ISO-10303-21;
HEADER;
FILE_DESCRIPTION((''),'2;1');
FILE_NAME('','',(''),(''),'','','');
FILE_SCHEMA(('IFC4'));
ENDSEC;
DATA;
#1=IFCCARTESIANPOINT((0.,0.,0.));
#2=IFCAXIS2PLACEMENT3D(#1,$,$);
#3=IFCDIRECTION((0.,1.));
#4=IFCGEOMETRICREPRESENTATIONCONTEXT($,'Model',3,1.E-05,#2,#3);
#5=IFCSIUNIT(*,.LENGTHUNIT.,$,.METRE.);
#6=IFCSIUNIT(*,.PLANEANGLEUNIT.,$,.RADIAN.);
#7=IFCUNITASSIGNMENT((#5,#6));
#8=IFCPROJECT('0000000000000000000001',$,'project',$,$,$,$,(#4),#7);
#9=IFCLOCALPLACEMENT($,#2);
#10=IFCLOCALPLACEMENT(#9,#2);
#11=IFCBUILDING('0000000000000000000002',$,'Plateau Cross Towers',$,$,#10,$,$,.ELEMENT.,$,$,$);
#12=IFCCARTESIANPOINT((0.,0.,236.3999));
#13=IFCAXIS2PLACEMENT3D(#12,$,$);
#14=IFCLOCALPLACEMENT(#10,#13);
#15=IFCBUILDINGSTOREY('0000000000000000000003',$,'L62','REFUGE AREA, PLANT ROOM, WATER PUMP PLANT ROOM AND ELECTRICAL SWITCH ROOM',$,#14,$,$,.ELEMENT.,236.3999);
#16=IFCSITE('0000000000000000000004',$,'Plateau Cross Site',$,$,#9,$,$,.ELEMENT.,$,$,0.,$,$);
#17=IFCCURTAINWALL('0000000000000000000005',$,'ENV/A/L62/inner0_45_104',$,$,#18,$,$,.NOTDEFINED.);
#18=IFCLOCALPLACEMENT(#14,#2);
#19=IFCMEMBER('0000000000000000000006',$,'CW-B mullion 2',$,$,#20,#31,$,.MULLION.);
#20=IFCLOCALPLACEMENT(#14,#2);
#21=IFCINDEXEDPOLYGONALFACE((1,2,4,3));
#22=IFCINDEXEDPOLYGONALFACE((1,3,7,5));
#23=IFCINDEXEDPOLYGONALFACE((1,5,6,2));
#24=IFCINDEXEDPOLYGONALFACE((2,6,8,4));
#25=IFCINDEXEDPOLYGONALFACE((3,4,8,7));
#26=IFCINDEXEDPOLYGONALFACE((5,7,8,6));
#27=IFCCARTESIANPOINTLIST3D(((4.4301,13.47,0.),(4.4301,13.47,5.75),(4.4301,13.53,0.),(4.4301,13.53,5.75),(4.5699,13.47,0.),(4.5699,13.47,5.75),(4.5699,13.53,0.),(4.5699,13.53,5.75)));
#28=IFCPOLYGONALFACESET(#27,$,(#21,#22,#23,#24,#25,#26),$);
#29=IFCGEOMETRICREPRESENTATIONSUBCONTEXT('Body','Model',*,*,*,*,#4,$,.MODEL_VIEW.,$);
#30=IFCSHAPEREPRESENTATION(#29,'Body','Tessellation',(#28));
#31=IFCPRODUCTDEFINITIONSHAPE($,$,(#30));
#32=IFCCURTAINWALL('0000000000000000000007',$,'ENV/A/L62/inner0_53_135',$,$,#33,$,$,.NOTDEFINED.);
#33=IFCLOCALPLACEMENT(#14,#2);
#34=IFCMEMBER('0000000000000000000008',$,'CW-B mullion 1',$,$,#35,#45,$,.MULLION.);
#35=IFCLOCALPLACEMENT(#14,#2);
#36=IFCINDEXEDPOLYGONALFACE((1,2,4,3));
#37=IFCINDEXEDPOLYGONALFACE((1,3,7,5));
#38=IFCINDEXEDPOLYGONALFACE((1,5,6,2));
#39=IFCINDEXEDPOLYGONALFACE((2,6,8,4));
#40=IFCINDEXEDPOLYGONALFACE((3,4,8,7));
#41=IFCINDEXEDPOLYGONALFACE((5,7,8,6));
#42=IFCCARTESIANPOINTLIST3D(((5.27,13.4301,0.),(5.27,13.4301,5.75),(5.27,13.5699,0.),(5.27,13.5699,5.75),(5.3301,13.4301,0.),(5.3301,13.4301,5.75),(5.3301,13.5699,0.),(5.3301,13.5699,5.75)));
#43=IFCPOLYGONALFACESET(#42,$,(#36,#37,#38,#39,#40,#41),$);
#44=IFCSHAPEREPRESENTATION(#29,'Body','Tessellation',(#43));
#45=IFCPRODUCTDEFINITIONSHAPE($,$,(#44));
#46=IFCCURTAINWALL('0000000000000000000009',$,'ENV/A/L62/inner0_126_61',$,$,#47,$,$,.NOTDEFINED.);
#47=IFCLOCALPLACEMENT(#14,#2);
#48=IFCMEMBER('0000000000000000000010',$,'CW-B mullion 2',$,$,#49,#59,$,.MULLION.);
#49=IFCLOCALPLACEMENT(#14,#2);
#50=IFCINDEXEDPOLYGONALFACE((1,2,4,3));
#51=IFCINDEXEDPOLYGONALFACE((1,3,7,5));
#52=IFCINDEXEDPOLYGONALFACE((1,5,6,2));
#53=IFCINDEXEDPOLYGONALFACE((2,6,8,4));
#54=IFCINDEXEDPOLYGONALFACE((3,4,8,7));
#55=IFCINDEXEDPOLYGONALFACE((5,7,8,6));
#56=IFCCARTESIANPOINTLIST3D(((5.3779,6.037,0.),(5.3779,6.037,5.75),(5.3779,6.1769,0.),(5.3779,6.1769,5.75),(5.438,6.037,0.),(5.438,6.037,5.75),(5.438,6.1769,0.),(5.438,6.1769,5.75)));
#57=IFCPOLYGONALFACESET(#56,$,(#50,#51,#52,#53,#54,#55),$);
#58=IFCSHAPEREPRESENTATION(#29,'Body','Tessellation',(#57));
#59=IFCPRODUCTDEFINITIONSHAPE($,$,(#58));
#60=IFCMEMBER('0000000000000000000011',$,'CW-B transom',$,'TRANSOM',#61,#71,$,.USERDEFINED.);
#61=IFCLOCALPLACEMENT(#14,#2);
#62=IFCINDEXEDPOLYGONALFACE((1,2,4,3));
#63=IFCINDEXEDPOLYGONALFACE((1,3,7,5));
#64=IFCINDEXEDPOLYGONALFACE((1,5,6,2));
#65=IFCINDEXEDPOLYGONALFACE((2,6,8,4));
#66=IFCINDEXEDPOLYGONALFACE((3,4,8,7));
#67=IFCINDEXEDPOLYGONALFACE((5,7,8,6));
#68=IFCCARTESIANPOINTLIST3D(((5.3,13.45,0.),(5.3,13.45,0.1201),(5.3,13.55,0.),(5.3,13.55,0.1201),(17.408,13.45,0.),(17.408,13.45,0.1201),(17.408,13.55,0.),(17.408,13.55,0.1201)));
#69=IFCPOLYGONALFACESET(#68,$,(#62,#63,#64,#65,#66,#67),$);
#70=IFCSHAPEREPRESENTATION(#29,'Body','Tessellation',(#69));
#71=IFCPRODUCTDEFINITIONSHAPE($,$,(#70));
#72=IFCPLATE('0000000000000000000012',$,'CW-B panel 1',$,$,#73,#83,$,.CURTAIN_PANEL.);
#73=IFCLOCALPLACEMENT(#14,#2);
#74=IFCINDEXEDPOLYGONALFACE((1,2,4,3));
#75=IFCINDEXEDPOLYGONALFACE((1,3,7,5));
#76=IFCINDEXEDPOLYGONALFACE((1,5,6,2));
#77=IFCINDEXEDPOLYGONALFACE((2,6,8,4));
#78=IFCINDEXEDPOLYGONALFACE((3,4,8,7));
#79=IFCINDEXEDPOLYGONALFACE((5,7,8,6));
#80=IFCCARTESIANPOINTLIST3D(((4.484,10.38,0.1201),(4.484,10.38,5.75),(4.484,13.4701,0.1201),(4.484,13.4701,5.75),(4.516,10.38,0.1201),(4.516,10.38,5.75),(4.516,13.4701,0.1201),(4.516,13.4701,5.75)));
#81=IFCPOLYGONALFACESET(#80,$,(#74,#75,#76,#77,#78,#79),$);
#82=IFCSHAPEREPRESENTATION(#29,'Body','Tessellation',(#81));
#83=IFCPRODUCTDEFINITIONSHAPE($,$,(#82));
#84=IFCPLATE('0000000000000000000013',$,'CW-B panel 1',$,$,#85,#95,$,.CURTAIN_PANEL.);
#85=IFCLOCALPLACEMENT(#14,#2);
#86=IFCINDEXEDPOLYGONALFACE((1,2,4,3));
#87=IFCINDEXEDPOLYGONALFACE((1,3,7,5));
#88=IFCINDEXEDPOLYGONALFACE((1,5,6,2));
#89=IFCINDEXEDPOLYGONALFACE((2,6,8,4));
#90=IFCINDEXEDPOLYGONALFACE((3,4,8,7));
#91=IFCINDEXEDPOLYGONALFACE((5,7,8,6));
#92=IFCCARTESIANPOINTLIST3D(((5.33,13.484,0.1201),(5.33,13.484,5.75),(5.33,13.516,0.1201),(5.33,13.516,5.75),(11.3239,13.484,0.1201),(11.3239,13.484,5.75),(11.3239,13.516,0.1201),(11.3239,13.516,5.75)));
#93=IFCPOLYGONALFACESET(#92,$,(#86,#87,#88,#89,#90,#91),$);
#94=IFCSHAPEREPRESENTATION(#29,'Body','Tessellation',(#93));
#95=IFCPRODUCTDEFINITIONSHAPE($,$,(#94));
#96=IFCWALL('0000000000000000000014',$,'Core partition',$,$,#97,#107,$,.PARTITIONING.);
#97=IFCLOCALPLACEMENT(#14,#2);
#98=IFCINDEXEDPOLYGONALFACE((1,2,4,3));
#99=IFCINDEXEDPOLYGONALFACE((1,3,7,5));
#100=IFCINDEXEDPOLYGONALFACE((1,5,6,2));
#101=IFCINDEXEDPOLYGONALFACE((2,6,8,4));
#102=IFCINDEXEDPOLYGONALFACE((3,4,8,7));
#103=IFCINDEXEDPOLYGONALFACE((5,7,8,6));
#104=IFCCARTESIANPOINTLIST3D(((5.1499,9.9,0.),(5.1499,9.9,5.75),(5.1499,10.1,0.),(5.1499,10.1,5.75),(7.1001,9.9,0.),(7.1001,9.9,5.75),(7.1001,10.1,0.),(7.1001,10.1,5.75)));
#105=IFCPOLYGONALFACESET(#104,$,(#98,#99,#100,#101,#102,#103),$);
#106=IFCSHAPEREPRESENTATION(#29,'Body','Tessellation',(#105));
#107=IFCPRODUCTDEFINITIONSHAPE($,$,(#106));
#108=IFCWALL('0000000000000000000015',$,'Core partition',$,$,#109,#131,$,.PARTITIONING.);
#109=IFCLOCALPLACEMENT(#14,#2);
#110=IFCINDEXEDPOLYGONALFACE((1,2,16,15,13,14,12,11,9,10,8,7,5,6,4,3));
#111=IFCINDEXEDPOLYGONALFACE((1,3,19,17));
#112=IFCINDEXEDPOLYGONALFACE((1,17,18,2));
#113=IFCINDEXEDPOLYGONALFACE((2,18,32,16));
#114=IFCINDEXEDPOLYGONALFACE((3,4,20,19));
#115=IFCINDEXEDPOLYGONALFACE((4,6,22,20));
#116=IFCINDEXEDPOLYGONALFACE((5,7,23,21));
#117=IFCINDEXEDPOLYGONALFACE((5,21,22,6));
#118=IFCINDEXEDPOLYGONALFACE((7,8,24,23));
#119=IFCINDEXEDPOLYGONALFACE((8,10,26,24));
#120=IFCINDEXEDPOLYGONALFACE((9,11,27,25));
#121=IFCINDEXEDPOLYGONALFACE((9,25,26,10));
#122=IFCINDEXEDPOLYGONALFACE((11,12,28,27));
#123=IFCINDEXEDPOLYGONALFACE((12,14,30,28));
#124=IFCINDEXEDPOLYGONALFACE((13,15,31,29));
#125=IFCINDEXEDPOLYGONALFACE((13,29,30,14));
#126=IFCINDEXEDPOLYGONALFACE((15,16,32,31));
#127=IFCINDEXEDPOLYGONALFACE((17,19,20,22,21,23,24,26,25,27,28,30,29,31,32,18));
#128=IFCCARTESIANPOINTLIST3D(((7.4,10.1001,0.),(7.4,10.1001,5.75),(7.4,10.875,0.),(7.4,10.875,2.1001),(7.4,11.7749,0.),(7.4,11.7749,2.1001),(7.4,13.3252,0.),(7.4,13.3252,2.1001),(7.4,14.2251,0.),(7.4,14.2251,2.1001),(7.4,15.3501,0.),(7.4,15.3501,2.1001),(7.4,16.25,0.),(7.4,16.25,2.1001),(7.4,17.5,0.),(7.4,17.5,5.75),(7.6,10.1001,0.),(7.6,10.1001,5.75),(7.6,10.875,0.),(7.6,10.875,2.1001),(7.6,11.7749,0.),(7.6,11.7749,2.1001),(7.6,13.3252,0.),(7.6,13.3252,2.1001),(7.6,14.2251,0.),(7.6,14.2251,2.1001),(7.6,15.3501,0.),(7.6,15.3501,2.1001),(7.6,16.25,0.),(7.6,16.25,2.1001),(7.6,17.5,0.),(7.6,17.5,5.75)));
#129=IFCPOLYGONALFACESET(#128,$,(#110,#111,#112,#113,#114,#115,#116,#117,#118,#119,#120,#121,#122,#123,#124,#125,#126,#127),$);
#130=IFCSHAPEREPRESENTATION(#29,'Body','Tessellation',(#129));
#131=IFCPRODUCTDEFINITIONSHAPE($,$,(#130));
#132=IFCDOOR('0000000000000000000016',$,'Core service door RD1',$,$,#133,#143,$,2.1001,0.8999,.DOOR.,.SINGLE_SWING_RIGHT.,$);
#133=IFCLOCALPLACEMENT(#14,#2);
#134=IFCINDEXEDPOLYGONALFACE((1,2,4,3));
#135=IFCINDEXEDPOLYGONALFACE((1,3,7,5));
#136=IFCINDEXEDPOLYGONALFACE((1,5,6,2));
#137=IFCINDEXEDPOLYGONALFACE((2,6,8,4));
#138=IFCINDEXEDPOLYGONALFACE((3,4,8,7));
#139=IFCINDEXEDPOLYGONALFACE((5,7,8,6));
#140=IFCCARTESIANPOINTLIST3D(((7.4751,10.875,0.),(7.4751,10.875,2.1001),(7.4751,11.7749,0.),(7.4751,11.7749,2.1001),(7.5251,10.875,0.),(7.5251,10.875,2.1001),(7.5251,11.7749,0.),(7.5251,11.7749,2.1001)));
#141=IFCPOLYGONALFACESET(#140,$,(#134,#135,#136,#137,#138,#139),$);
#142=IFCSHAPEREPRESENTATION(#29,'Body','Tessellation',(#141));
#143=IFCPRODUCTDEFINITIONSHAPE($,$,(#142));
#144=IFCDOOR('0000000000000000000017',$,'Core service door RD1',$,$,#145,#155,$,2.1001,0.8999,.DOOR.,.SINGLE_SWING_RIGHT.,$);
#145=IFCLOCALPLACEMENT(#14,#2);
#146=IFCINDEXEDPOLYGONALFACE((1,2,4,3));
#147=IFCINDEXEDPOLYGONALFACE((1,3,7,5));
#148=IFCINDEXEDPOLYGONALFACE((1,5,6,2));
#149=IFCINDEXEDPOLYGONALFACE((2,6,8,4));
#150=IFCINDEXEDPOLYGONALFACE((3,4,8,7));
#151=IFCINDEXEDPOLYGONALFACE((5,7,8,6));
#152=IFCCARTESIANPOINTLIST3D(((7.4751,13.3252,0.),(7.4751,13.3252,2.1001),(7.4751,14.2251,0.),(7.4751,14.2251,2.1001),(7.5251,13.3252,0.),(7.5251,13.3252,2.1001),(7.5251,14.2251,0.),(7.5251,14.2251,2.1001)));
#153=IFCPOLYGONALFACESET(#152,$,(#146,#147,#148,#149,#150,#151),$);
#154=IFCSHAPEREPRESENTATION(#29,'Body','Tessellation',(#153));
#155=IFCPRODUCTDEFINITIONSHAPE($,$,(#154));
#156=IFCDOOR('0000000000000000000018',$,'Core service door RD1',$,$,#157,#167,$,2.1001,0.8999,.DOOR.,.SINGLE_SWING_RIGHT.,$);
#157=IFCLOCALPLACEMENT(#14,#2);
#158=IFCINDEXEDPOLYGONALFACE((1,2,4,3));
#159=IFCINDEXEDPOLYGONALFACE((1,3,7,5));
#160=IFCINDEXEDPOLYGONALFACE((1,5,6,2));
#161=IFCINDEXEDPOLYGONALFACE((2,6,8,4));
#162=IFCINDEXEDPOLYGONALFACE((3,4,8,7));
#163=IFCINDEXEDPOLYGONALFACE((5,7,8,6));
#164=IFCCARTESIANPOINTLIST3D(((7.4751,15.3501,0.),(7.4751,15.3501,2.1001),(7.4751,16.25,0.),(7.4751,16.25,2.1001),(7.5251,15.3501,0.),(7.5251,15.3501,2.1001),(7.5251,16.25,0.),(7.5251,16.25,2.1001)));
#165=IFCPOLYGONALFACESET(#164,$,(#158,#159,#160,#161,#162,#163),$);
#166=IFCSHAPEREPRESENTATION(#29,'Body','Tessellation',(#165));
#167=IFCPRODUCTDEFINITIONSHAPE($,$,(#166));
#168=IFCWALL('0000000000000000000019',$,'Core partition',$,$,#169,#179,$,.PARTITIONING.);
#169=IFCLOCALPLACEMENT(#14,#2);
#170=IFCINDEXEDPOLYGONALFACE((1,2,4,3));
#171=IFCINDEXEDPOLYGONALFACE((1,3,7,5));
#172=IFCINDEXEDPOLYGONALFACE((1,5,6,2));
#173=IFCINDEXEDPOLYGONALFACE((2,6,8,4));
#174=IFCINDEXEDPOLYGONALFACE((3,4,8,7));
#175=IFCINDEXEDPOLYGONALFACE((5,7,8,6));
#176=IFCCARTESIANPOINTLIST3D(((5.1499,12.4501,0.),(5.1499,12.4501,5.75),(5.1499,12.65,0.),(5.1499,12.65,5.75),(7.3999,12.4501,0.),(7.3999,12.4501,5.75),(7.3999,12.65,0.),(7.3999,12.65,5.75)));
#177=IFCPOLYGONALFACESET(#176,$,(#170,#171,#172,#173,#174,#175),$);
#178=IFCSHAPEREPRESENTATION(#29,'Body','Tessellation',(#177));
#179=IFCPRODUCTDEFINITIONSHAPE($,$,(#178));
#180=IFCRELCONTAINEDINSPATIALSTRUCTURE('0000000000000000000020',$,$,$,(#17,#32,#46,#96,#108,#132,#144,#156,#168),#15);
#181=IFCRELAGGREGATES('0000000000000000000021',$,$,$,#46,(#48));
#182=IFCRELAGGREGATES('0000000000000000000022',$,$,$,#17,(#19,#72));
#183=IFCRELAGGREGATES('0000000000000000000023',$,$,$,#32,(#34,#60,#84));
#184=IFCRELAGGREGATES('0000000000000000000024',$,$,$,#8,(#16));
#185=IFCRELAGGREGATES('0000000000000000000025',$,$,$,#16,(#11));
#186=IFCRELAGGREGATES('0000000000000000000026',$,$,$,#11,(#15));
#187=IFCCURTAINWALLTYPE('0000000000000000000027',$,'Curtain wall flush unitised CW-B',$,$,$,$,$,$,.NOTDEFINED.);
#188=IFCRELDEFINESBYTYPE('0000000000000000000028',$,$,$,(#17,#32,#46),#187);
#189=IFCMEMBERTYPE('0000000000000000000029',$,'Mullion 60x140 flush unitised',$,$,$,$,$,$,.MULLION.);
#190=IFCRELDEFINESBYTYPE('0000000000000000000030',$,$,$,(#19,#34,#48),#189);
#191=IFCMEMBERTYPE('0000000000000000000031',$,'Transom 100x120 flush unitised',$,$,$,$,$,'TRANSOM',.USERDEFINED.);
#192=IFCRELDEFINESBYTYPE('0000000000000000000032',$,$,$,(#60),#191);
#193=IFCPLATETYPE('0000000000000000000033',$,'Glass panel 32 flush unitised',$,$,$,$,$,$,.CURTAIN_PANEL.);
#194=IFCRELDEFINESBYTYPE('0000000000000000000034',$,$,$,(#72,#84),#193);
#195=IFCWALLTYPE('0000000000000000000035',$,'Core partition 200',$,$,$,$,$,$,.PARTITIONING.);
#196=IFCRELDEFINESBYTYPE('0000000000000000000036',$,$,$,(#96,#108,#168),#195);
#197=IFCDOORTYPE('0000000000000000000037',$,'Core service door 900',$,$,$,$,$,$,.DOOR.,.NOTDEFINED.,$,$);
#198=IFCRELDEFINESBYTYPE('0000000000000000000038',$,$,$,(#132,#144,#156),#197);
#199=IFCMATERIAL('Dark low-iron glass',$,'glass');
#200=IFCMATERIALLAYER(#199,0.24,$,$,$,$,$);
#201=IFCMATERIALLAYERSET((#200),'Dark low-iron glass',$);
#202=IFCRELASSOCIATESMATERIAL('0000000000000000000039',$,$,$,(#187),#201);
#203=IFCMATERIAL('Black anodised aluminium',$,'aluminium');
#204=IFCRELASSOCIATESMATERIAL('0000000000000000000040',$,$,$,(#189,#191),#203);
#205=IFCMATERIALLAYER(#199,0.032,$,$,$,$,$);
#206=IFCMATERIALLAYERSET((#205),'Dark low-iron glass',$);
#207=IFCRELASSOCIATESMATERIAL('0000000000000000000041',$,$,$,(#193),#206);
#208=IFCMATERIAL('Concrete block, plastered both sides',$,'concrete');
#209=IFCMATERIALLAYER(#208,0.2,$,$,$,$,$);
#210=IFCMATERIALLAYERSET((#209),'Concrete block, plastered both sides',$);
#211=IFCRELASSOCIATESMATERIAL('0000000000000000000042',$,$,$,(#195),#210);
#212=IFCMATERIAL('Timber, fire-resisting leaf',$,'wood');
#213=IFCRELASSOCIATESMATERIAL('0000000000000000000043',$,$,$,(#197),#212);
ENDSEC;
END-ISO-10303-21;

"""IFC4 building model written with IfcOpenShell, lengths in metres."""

from ifc_helpers import new_model, si_unit, direction, frame, frame_2d, origin, origin_2d, place, context, subcontext, project, spatial, rectangle, extrude, material, layer, layer_set, material_profile, profile_set, type_object, element, fill, aggregate, save


model = new_model("IFC4")

# Units and contexts
model_context = context("Model", 3, precision=1e-05, world=origin(), true_north=direction((0.0, 1.0)))
body_context = subcontext(model_context, "Body", "Model", "MODEL_VIEW")
ifc_project = project(units=[si_unit("LENGTHUNIT", "METRE"), si_unit("PLANEANGLEUNIT", "RADIAN")], contexts=[model_context])

# Site, building, storey
site_placement = place(None, origin())
site = spatial("IfcSite", under=ifc_project, at=site_placement, Name="Plateau Cross Site", CompositionType="ELEMENT", RefElevation=0.0)
building_placement = place(site_placement, origin())
building = spatial("IfcBuilding", under=site, at=building_placement, Name="Plateau Cross Towers", CompositionType="ELEMENT")
storey_placement = place(building_placement, frame((0.0, 0.0, 236.3999)))
storey = spatial("IfcBuildingStorey", under=building, at=storey_placement, Name="L62", Description="REFUGE AREA, PLANT ROOM, WATER PUMP PLANT ROOM AND ELECTRICAL SWITCH ROOM", CompositionType="ELEMENT", Elevation=236.3999)

# Curtain walls, members
ifc_material_1 = material(Name="Dark low-iron glass", Category="glass")
ifc_layer_1 = layer(ifc_material_1, 0.24)
ifc_layer_set_1 = layer_set([ifc_layer_1], Name="Dark low-iron glass")
curtain_wall_type = type_object("IfcCurtainWallType", Name="Curtain wall flush unitised CW-B", PredefinedType="NOTDEFINED", material=ifc_layer_set_1)
curtain_wall_1_placement = place(storey_placement, origin())
curtain_wall_1 = element("IfcCurtainWall", 1, at=curtain_wall_1_placement, inside=storey, type_object=curtain_wall_type, Name="ENV/A/L62/inner0_45_104", PredefinedType="NOTDEFINED")
ifc_material_2 = material(Name="Black anodised aluminium", Category="aluminium")
ifc_material_profile_1 = material_profile(ifc_material_2, rectangle(XDim=0.0601, YDim=0.1399, at=origin_2d()), Name="MULLION 60x140")
ifc_profile_set_1 = profile_set([ifc_material_profile_1], Name="Black anodised aluminium")
member_type_1 = type_object("IfcMemberType", Name="Mullion 60x140 flush unitised", PredefinedType="MULLION", material=ifc_profile_set_1)
member_1_placement = place(storey_placement, frame((4.5, 13.5, 0.0), z_axis=(0.0, 0.0, 1.0), x_axis=(0.0, 1.0, 0.0)))
member_1 = element("IfcMember", 2, at=member_1_placement, type_object=member_type_1, Name="CW-B mullion 2", PredefinedType="MULLION", context=body_context, shape_type="SweptSolid", body=[
    extrude(rectangle(XDim=0.0601, YDim=0.1399, at=origin_2d()), origin(), (0.0, 0.0, 1.0), 5.75),
])
curtain_wall_2_placement = place(storey_placement, origin())
curtain_wall_2 = element("IfcCurtainWall", 3, at=curtain_wall_2_placement, inside=storey, type_object=curtain_wall_type, Name="ENV/A/L62/inner0_53_135", PredefinedType="NOTDEFINED")
member_2_placement = place(storey_placement, frame((5.3, 13.5, 0.0), z_axis=(0.0, 0.0, 1.0), x_axis=(1.0, 0.0, 0.0)))
member_2 = element("IfcMember", 4, at=member_2_placement, type_object=member_type_1, Name="CW-B mullion 1", PredefinedType="MULLION", context=body_context, shape_type="SweptSolid", body=[
    extrude(rectangle(XDim=0.0601, YDim=0.1399, at=origin_2d()), origin(), (0.0, 0.0, 1.0), 5.75),
])
curtain_wall_3_placement = place(storey_placement, origin())
curtain_wall_3 = element("IfcCurtainWall", 5, at=curtain_wall_3_placement, inside=storey, type_object=curtain_wall_type, Name="ENV/A/L62/inner0_126_61", PredefinedType="NOTDEFINED")
member_3_placement = place(storey_placement, frame((5.408, 6.1069, 0.0), z_axis=(0.0, 0.0, 1.0), x_axis=(-1.0, 0.0, 0.0)))
member_3 = element("IfcMember", 6, at=member_3_placement, type_object=member_type_1, Name="CW-B mullion 2", PredefinedType="MULLION", context=body_context, shape_type="SweptSolid", body=[
    extrude(rectangle(XDim=0.0601, YDim=0.1399, at=origin_2d()), origin(), (0.0, 0.0, 1.0), 5.75),
])
aggregate(curtain_wall_3, [member_3])

# Member
ifc_material_profile_2 = material_profile(ifc_material_2, rectangle(XDim=0.1001, YDim=0.1201, at=origin_2d()), Name="TRANSOM 100x120")
ifc_profile_set_2 = profile_set([ifc_material_profile_2], Name="Black anodised aluminium")
member_type_2 = type_object("IfcMemberType", Name="Transom 100x120 flush unitised", ElementType="TRANSOM", PredefinedType="USERDEFINED", material=ifc_profile_set_2)
member_4_placement = place(storey_placement, frame((5.3, 13.5, 0.0601), z_axis=(1.0, 0.0, 0.0), x_axis=(0.0, 1.0, 0.0)))
member_4 = element("IfcMember", 7, at=member_4_placement, type_object=member_type_2, Name="CW-B transom", ObjectType="TRANSOM", PredefinedType="USERDEFINED", context=body_context, shape_type="SweptSolid", body=[
    extrude(rectangle(XDim=0.1001, YDim=0.1201, at=origin_2d()), origin(), (0.0, 0.0, 1.0), 12.1079),
])

# Plates
ifc_layer_2 = layer(ifc_material_1, 0.032)
ifc_layer_set_2 = layer_set([ifc_layer_2], Name="Dark low-iron glass")
plate_type = type_object("IfcPlateType", Name="Glass panel 32 flush unitised", PredefinedType="CURTAIN_PANEL", material=ifc_layer_set_2)
plate_1_placement = place(storey_placement, frame((4.5, 11.925, 0.1201), z_axis=(0.0, 0.0, 1.0), x_axis=(0.0, 1.0, 0.0)))
plate_1 = element("IfcPlate", 8, at=plate_1_placement, type_object=plate_type, Name="CW-B panel 1", PredefinedType="CURTAIN_PANEL", context=body_context, shape_type="SweptSolid", body=[
    extrude(rectangle(XDim=3.0901, YDim=0.032, at=origin_2d()), origin(), (0.0, 0.0, 1.0), 5.6299),
])
aggregate(curtain_wall_1, [member_1, plate_1])
plate_2_placement = place(storey_placement, frame((8.3269, 13.5, 0.1201), z_axis=(0.0, 0.0, 1.0), x_axis=(1.0, 0.0, 0.0)))
plate_2 = element("IfcPlate", 9, at=plate_2_placement, type_object=plate_type, Name="CW-B panel 1", PredefinedType="CURTAIN_PANEL", context=body_context, shape_type="SweptSolid", body=[
    extrude(rectangle(XDim=5.9939, YDim=0.032, at=origin_2d()), origin(), (0.0, 0.0, 1.0), 5.6299),
])
aggregate(curtain_wall_2, [member_2, member_4, plate_2])

# Wall
ifc_material_3 = material(Name="Concrete block, plastered both sides", Category="concrete")
ifc_layer_3 = layer(ifc_material_3, 0.2)
ifc_layer_set_3 = layer_set([ifc_layer_3], Name="Concrete block, plastered both sides")
wall_type_1 = type_object("IfcWallType", Name="Core partition 200", PredefinedType="PARTITIONING", material=ifc_layer_set_3)
wall_1_placement = place(storey_placement, frame((5.1499, 10.0, 0.0), z_axis=(0.0, 0.0, 1.0), x_axis=(1.0, 0.0, 0.0)))
element("IfcWall", 10, at=wall_1_placement, inside=storey, type_object=wall_type_1, Name="Core partition", PredefinedType="PARTITIONING", context=body_context, shape_type="SweptSolid", body=[
    extrude(rectangle(XDim=1.9502, YDim=0.2, at=frame_2d((0.9751, 0.0))), origin(), (0.0, 0.0, 1.0), 5.75),
])

# Wall, openings, doors
wall_2_placement = place(storey_placement, frame((7.5, 10.1001, 0.0), z_axis=(0.0, 0.0, 1.0), x_axis=(0.0, 1.0, 0.0)))
wall_2 = element("IfcWall", 11, at=wall_2_placement, inside=storey, type_object=wall_type_1, Name="Core partition", PredefinedType="PARTITIONING", context=body_context, shape_type="SweptSolid", body=[
    extrude(rectangle(XDim=7.3999, YDim=0.2, at=frame_2d((3.7, 0.0))), origin(), (0.0, 0.0, 1.0), 5.75),
])
opening_1_placement = place(wall_2_placement, frame((0.7749, 0.0, 0.0)))
opening_1 = element("IfcOpeningElement", 12, at=opening_1_placement, cuts=wall_2, PredefinedType="OPENING", context=body_context, shape_type="SweptSolid", body=[
    extrude(rectangle(XDim=0.8999, YDim=2.1001, at=frame_2d((0.45, 1.05))), frame((0.0, 0.1099, 0.0), z_axis=(0.0, -1.0, 0.0), x_axis=(1.0, 0.0, 0.0)), (0.0, 0.0, 1.0), 0.22),
])
opening_2_placement = place(wall_2_placement, frame((3.2251, 0.0, 0.0)))
opening_2 = element("IfcOpeningElement", 13, at=opening_2_placement, cuts=wall_2, PredefinedType="OPENING", context=body_context, shape_type="SweptSolid", body=[
    extrude(rectangle(XDim=0.8999, YDim=2.1001, at=frame_2d((0.45, 1.05))), frame((0.0, 0.1099, 0.0), z_axis=(0.0, -1.0, 0.0), x_axis=(1.0, 0.0, 0.0)), (0.0, 0.0, 1.0), 0.22),
])
opening_3_placement = place(wall_2_placement, frame((5.25, 0.0, 0.0)))
opening_3 = element("IfcOpeningElement", 14, at=opening_3_placement, cuts=wall_2, PredefinedType="OPENING", context=body_context, shape_type="SweptSolid", body=[
    extrude(rectangle(XDim=0.8999, YDim=2.1001, at=frame_2d((0.45, 1.05))), frame((0.0, 0.1099, 0.0), z_axis=(0.0, -1.0, 0.0), x_axis=(1.0, 0.0, 0.0)), (0.0, 0.0, 1.0), 0.22),
])
ifc_material_4 = material(Name="Timber, fire-resisting leaf", Category="wood")
door_type = type_object("IfcDoorType", Name="Core service door 900", OperationType="NOTDEFINED", PredefinedType="DOOR", material=ifc_material_4)
door_1_placement = place(opening_1_placement, origin())
door_1 = element("IfcDoor", 15, at=door_1_placement, inside=storey, type_object=door_type, Name="Core service door RD1", OperationType="SINGLE_SWING_RIGHT", OverallHeight=2.1001, OverallWidth=0.8999, PredefinedType="DOOR", context=body_context, shape_type="SweptSolid", body=[
    extrude(rectangle(XDim=0.8999, YDim=2.1001, at=frame_2d((0.45, 1.05))), frame((0.0, 0.0249, 0.0), z_axis=(0.0, -1.0, 0.0), x_axis=(1.0, 0.0, 0.0)), (0.0, 0.0, 1.0), 0.05),
])
fill(opening_1, door_1)
door_2_placement = place(opening_2_placement, origin())
door_2 = element("IfcDoor", 16, at=door_2_placement, inside=storey, type_object=door_type, Name="Core service door RD1", OperationType="SINGLE_SWING_RIGHT", OverallHeight=2.1001, OverallWidth=0.8999, PredefinedType="DOOR", context=body_context, shape_type="SweptSolid", body=[
    extrude(rectangle(XDim=0.8999, YDim=2.1001, at=frame_2d((0.45, 1.05))), frame((0.0, 0.0249, 0.0), z_axis=(0.0, -1.0, 0.0), x_axis=(1.0, 0.0, 0.0)), (0.0, 0.0, 1.0), 0.05),
])
fill(opening_2, door_2)
door_3_placement = place(opening_3_placement, origin())
door_3 = element("IfcDoor", 17, at=door_3_placement, inside=storey, type_object=door_type, Name="Core service door RD1", OperationType="SINGLE_SWING_RIGHT", OverallHeight=2.1001, OverallWidth=0.8999, PredefinedType="DOOR", context=body_context, shape_type="SweptSolid", body=[
    extrude(rectangle(XDim=0.8999, YDim=2.1001, at=frame_2d((0.45, 1.05))), frame((0.0, 0.0249, 0.0), z_axis=(0.0, -1.0, 0.0), x_axis=(1.0, 0.0, 0.0)), (0.0, 0.0, 1.0), 0.05),
])
fill(opening_3, door_3)

# Wall
for number, where, z_axis, x_axis, name in (
    (18, (5.1499, 12.55, 0.0), (0.0, 0.0, 1.0), (1.0, 0.0, 0.0), "Core partition"),
):
    element("IfcWall", number, at=place(storey_placement, frame(where, z_axis=z_axis, x_axis=x_axis)), inside=storey, type_object=wall_type_1, Name=name, PredefinedType="PARTITIONING", context=body_context, shape_type="SweptSolid", body=[
        extrude(rectangle(XDim=2.25, YDim=0.2, at=frame_2d((1.125, 0.0))), origin(), (0.0, 0.0, 1.0), 5.75),
    ])

save(model, "model.ifc")
